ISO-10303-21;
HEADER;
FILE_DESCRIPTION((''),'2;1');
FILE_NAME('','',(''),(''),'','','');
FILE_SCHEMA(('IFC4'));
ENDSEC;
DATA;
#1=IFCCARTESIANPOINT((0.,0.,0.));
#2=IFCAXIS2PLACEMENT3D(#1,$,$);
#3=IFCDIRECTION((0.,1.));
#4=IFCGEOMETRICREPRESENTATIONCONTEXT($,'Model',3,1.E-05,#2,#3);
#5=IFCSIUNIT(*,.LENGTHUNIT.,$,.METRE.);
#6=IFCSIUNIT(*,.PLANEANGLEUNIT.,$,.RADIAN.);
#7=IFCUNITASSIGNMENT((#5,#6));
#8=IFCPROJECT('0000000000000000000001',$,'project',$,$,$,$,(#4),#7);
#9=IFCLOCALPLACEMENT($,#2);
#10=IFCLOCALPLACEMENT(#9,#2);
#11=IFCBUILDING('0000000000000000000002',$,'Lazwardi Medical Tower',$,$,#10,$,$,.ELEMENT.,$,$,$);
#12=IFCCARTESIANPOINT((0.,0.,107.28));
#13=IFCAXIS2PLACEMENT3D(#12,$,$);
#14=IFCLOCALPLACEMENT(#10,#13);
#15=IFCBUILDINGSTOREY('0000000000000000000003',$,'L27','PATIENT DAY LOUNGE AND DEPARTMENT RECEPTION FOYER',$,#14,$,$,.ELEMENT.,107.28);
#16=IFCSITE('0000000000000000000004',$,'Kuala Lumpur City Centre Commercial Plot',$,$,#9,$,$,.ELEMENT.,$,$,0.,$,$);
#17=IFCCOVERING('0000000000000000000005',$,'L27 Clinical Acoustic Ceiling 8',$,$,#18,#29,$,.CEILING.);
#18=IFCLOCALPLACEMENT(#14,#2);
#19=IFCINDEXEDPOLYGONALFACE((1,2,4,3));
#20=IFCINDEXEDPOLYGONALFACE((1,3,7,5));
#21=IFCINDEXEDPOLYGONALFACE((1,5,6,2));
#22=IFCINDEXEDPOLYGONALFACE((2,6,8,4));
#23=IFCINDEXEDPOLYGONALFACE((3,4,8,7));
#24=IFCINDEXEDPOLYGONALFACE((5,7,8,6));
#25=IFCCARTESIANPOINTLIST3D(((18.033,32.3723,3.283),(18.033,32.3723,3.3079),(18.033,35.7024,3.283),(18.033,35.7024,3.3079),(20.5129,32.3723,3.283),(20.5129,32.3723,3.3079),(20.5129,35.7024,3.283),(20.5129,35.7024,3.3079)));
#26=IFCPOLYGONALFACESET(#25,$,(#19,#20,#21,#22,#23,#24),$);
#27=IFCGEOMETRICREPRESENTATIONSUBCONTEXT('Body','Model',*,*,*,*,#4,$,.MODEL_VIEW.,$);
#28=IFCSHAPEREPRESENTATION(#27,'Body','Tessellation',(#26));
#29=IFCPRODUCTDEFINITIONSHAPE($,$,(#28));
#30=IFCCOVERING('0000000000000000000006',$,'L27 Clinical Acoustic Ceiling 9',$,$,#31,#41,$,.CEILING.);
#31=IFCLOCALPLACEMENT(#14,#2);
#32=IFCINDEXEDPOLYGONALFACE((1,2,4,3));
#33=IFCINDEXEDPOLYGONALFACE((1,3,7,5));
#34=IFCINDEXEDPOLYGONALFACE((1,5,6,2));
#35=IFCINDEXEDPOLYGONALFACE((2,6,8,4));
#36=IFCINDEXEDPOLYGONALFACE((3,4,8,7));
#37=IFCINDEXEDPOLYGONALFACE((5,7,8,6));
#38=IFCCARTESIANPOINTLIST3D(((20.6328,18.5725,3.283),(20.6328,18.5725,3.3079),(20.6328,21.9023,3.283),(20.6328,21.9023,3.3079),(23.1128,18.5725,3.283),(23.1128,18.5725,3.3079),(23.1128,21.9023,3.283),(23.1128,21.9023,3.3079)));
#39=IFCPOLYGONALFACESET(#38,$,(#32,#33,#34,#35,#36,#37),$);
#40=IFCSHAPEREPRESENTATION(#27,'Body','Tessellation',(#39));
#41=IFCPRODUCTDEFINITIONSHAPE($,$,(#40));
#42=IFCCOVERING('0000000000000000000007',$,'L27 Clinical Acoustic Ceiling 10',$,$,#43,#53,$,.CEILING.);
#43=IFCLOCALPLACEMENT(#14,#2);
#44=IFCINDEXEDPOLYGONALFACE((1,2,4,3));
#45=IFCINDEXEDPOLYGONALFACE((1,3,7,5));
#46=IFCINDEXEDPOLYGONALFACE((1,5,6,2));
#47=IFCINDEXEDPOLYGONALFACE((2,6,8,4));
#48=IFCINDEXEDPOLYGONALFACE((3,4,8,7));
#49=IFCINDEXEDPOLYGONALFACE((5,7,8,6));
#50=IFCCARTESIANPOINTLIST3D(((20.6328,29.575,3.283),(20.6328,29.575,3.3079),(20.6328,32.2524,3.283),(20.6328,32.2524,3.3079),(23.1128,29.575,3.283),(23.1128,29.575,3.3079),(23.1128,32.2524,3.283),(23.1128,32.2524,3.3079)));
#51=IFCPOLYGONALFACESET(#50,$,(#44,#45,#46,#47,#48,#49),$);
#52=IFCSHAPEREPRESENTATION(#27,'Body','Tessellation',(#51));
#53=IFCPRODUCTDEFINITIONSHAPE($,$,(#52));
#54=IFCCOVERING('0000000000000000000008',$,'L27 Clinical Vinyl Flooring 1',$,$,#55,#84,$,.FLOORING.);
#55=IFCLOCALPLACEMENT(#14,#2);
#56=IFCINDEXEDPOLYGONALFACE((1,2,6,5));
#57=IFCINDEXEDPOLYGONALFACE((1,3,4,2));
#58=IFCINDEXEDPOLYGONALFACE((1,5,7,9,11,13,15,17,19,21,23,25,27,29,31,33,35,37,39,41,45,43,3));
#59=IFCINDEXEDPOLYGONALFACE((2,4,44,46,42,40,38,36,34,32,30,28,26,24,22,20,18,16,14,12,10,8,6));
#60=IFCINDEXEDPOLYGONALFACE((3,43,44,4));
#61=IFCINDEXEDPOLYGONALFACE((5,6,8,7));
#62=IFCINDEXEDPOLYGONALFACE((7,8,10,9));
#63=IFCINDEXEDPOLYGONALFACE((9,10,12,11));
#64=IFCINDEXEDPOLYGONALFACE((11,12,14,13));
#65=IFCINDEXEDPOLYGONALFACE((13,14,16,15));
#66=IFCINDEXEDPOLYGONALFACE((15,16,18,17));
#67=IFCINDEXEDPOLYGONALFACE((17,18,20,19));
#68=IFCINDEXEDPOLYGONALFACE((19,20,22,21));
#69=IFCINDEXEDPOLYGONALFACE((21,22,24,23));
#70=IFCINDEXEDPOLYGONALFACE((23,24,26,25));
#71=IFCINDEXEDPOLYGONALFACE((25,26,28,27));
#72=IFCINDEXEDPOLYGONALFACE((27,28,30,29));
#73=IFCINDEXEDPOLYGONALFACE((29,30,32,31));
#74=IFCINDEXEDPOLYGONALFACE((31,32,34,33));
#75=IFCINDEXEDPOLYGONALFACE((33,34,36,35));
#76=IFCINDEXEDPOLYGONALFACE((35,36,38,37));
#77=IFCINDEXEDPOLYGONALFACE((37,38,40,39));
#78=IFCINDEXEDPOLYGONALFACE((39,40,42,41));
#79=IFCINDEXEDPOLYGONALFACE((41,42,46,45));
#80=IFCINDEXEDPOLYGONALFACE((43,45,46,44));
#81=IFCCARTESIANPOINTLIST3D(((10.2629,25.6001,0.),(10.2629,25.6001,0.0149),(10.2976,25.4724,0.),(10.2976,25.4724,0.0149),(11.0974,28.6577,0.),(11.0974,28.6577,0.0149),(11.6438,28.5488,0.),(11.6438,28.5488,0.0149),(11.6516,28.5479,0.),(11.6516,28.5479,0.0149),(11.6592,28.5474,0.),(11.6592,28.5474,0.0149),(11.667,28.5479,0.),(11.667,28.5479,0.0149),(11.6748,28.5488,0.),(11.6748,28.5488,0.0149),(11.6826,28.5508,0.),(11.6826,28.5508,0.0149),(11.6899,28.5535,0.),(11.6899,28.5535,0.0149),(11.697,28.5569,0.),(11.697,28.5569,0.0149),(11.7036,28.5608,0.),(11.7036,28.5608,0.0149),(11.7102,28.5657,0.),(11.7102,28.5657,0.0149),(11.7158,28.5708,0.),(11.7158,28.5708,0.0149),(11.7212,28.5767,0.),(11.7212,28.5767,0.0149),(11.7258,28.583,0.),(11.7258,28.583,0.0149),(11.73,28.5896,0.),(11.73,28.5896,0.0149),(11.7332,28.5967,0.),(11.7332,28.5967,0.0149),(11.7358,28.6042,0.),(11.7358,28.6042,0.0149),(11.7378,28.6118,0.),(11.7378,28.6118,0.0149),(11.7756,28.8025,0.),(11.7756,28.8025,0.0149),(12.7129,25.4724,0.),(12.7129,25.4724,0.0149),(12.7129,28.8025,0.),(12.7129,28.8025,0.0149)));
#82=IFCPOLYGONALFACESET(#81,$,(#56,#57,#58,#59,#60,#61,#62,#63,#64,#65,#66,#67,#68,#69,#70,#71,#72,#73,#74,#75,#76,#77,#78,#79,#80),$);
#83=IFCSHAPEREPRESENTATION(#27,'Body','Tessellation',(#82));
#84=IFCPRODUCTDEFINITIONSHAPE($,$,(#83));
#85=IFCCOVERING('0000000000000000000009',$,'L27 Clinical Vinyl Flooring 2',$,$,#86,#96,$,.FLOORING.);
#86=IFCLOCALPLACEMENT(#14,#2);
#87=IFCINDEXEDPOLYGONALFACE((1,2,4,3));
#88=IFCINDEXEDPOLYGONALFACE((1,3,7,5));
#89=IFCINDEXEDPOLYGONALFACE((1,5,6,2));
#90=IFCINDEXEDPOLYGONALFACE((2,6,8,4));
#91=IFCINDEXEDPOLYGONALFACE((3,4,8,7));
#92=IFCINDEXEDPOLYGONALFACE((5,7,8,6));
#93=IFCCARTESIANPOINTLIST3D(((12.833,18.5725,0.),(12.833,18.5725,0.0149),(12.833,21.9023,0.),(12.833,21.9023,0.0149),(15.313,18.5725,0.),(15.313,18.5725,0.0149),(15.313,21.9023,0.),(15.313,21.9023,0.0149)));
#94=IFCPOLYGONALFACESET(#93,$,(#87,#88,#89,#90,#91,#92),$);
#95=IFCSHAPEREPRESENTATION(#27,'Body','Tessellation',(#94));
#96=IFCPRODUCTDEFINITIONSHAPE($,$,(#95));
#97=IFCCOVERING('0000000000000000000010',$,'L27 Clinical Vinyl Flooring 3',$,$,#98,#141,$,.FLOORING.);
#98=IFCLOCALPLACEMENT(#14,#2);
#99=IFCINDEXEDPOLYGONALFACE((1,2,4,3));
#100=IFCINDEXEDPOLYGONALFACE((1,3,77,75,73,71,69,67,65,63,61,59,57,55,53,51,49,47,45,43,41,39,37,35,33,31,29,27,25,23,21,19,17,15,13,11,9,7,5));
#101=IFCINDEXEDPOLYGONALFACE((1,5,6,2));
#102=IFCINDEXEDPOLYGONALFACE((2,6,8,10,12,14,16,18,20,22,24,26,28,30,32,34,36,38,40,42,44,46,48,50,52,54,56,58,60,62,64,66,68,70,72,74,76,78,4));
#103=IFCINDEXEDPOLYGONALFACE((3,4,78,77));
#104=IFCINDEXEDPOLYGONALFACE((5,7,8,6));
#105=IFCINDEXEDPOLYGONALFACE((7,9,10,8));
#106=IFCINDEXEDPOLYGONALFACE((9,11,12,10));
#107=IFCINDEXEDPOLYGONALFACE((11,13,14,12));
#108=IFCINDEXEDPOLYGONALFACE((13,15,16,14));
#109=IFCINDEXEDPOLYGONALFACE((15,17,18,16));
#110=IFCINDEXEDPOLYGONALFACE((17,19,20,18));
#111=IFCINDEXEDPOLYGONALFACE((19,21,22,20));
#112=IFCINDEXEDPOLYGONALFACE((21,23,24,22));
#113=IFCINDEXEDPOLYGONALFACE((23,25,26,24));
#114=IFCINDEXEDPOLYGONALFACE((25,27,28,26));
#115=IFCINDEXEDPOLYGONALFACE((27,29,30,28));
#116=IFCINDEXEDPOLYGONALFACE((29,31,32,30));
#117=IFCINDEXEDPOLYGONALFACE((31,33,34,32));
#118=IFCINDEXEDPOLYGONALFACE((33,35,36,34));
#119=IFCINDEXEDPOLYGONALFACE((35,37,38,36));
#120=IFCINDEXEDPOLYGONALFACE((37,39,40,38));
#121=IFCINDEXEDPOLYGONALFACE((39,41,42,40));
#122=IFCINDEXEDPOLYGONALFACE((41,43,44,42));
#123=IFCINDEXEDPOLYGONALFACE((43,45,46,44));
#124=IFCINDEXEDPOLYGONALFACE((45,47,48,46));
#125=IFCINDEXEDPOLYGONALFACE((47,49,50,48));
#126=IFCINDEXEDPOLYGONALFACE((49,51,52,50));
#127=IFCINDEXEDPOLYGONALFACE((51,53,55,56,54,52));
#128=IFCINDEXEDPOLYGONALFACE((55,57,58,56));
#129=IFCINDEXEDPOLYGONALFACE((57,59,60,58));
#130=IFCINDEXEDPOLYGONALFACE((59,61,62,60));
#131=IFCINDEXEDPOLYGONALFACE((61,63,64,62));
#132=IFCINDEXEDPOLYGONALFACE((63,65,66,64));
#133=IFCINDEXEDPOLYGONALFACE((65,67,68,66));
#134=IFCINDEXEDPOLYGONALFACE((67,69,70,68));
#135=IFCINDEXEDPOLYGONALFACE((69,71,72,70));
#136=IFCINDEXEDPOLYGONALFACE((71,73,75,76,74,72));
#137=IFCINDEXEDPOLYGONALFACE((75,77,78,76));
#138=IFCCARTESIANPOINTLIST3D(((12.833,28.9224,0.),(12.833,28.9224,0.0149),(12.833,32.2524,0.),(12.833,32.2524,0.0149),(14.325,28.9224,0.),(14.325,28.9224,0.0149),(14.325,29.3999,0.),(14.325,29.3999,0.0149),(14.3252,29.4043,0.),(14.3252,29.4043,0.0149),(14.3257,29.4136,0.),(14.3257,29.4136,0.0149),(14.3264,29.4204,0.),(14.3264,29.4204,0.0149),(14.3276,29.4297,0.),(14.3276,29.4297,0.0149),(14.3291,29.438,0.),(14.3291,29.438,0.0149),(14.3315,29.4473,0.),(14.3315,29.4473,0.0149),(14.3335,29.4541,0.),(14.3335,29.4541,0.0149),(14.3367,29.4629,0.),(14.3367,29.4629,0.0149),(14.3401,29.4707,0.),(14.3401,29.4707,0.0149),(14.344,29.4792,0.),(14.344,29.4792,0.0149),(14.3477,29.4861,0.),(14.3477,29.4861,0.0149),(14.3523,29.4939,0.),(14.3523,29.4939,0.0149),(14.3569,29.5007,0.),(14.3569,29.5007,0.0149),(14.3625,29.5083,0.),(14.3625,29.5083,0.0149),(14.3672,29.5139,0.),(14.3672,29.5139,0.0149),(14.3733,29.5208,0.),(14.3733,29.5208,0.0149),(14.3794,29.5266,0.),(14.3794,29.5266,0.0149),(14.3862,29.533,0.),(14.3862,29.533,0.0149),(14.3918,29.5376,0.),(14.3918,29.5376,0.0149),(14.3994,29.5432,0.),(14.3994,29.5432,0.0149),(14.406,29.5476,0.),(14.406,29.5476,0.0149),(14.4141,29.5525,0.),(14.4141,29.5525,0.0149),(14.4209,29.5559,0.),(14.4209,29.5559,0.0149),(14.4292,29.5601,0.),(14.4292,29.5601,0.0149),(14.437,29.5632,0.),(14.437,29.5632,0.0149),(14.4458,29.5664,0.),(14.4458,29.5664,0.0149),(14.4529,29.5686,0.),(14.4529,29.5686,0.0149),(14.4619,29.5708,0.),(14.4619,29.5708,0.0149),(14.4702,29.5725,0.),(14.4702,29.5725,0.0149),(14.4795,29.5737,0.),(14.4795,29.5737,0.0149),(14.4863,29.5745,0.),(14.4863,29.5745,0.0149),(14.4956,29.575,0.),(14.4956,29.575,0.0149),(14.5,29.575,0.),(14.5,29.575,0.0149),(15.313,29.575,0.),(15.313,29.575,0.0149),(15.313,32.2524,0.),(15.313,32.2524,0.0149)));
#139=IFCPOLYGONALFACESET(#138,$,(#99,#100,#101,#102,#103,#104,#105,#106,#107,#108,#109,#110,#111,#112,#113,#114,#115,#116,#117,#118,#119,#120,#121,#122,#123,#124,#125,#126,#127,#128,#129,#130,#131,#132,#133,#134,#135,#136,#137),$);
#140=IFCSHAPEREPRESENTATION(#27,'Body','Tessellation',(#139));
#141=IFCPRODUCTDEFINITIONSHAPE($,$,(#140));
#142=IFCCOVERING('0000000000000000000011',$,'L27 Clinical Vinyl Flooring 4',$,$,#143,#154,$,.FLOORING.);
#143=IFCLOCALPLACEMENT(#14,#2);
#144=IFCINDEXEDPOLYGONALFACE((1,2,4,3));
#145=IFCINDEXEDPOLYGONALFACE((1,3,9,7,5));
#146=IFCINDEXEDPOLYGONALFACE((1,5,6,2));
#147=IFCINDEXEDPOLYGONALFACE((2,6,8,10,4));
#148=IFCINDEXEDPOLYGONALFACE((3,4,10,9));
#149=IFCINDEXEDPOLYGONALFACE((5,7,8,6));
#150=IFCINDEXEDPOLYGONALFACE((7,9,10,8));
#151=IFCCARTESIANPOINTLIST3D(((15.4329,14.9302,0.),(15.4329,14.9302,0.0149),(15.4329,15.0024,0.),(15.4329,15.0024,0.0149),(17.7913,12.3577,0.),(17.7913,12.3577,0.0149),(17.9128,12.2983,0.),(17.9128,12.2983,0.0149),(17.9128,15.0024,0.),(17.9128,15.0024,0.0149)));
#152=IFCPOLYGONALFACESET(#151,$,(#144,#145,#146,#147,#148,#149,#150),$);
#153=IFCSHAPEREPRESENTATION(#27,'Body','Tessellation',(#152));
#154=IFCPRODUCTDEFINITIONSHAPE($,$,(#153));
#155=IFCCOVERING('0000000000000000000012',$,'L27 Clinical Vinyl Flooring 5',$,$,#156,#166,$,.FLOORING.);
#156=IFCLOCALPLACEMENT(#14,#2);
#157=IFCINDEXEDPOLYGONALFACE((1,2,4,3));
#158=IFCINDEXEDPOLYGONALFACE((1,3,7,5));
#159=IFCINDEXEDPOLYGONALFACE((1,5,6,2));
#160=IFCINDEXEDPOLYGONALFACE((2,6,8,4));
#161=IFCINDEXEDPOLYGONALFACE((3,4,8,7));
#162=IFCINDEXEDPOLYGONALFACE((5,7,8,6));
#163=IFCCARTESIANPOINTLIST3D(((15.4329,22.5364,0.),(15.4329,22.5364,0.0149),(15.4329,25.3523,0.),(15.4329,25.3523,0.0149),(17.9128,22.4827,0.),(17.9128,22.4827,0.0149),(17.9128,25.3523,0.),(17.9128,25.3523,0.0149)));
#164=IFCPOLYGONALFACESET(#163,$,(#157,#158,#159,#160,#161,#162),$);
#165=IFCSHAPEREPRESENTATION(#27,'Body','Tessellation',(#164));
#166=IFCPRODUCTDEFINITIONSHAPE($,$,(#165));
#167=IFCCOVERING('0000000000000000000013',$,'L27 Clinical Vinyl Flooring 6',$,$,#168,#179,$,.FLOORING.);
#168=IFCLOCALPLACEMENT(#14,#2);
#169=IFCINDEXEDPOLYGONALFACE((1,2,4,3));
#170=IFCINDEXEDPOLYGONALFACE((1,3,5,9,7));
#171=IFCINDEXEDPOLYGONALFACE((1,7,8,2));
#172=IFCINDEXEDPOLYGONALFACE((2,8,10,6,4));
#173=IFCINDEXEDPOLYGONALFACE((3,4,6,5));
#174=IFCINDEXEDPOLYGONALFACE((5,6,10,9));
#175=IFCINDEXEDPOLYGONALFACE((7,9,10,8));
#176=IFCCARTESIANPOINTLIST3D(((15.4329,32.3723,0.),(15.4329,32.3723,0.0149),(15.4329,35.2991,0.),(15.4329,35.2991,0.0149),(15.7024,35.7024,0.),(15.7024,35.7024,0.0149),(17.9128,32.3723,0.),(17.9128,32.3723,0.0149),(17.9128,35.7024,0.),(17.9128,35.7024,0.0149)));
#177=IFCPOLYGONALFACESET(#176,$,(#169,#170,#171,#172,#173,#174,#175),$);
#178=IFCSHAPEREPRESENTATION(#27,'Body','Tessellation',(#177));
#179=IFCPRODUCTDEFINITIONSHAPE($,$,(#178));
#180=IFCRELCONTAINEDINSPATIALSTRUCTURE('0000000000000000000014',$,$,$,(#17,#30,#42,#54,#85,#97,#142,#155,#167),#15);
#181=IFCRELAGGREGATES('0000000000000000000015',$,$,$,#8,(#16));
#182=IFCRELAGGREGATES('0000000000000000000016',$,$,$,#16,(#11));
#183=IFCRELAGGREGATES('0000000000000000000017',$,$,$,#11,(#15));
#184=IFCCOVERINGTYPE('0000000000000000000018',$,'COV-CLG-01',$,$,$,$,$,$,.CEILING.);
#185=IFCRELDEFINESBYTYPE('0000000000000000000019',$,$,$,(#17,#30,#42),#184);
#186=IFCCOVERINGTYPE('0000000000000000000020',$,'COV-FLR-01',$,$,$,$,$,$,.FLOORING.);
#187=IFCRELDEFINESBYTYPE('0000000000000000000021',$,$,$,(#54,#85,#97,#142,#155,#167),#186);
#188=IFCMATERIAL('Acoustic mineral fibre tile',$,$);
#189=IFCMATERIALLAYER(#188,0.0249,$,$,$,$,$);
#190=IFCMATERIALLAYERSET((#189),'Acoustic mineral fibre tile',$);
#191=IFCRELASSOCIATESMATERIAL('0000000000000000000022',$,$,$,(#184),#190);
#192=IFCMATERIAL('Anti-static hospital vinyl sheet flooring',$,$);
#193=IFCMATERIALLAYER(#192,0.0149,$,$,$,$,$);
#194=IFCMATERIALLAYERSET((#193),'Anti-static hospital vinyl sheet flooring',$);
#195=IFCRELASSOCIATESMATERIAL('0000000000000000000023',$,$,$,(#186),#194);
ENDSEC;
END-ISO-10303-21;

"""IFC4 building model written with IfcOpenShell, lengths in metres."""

from ifc_helpers import new_model, si_unit, direction, frame, origin, place, context, subcontext, project, spatial, polyline, outline, extrude, material, layer, layer_set, type_object, element, save


model = new_model("IFC4")

# Units and contexts
model_context = context("Model", 3, precision=1e-05, world=origin(), true_north=direction((0.0, 1.0)))
body_context = subcontext(model_context, "Body", "Model", "MODEL_VIEW")
ifc_project = project(units=[si_unit("LENGTHUNIT", "METRE"), si_unit("PLANEANGLEUNIT", "RADIAN")], contexts=[model_context])

# Site, building, storey
site_placement = place(None, origin())
site = spatial("IfcSite", under=ifc_project, at=site_placement, Name="Kuala Lumpur City Centre Commercial Plot", CompositionType="ELEMENT", RefElevation=0.0)
building_placement = place(site_placement, origin())
building = spatial("IfcBuilding", under=site, at=building_placement, Name="Lazwardi Medical Tower", CompositionType="ELEMENT")
storey_placement = place(building_placement, frame((0.0, 0.0, 107.28)))
storey = spatial("IfcBuildingStorey", under=building, at=storey_placement, Name="L27", Description="PATIENT DAY LOUNGE AND DEPARTMENT RECEPTION FOYER", CompositionType="ELEMENT", Elevation=107.28)

# Coverings
ifc_material_1 = material(Name="Acoustic mineral fibre tile")
ifc_layer_1 = layer(ifc_material_1, 0.0249)
ifc_layer_set_1 = layer_set([ifc_layer_1], Name="Acoustic mineral fibre tile")
covering_type_1 = type_object("IfcCoveringType", Name="COV-CLG-01", PredefinedType="CEILING", material=ifc_layer_set_1)
covering_1_placement = place(storey_placement, frame((0.0, 0.0, 3.283)))
element("IfcCovering", 1, at=covering_1_placement, inside=storey, type_object=covering_type_1, Name="L27 Clinical Acoustic Ceiling 8", PredefinedType="CEILING", context=body_context, shape_type="SweptSolid", body=[
    extrude(outline(polyline([(20.5129, 32.3723), (20.5129, 35.7024), (18.033, 35.7024), (18.033, 32.3723), (20.5129, 32.3723)])), origin(), (0.0, 0.0, 1.0), 0.0249),
])
covering_2_placement = place(storey_placement, frame((0.0, 0.0, 3.283)))
element("IfcCovering", 2, at=covering_2_placement, inside=storey, type_object=covering_type_1, Name="L27 Clinical Acoustic Ceiling 9", PredefinedType="CEILING", context=body_context, shape_type="SweptSolid", body=[
    extrude(outline(polyline([(23.1128, 18.5725), (23.1128, 21.9023), (20.6328, 21.9023), (20.6328, 18.5725), (23.1128, 18.5725)])), origin(), (0.0, 0.0, 1.0), 0.0249),
])
covering_3_placement = place(storey_placement, frame((0.0, 0.0, 3.283)))
element("IfcCovering", 3, at=covering_3_placement, inside=storey, type_object=covering_type_1, Name="L27 Clinical Acoustic Ceiling 10", PredefinedType="CEILING", context=body_context, shape_type="SweptSolid", body=[
    extrude(outline(polyline([(20.6328, 29.575), (23.1128, 29.575), (23.1128, 32.2524), (20.6328, 32.2524), (20.6328, 29.575)])), origin(), (0.0, 0.0, 1.0), 0.0249),
])
ifc_material_2 = material(Name="Anti-static hospital vinyl sheet flooring")
ifc_layer_2 = layer(ifc_material_2, 0.0149)
ifc_layer_set_2 = layer_set([ifc_layer_2], Name="Anti-static hospital vinyl sheet flooring")
covering_type_2 = type_object("IfcCoveringType", Name="COV-FLR-01", PredefinedType="FLOORING", material=ifc_layer_set_2)
covering_4_placement = place(storey_placement, origin())
element("IfcCovering", 4, at=covering_4_placement, inside=storey, type_object=covering_type_2, Name="L27 Clinical Vinyl Flooring 1", PredefinedType="FLOORING", context=body_context, shape_type="SweptSolid", body=[
    extrude(outline(polyline([(11.7756, 28.8025), (11.7378, 28.6118), (11.7358, 28.6042), (11.7332, 28.5967), (11.73, 28.5896), (11.7258, 28.583), (11.7212, 28.5767), (11.7158, 28.5708), (11.7102, 28.5657), (11.7036, 28.5608), (11.697, 28.5569), (11.6899, 28.5535), (11.6826, 28.5508), (11.6748, 28.5488), (11.667, 28.5479), (11.6592, 28.5474), (11.6516, 28.5479), (11.6438, 28.5488), (11.0974, 28.6577), (10.2629, 25.6001), (10.2976, 25.4724), (12.7129, 25.4724), (12.7129, 28.8025), (11.7756, 28.8025)])), origin(), (0.0, 0.0, 1.0), 0.0149),
])
covering_5_placement = place(storey_placement, origin())
element("IfcCovering", 5, at=covering_5_placement, inside=storey, type_object=covering_type_2, Name="L27 Clinical Vinyl Flooring 2", PredefinedType="FLOORING", context=body_context, shape_type="SweptSolid", body=[
    extrude(outline(polyline([(15.313, 18.5725), (15.313, 21.9023), (12.833, 21.9023), (12.833, 18.5725), (15.313, 18.5725)])), origin(), (0.0, 0.0, 1.0), 0.0149),
])
covering_6_placement = place(storey_placement, origin())
element("IfcCovering", 6, at=covering_6_placement, inside=storey, type_object=covering_type_2, Name="L27 Clinical Vinyl Flooring 3", PredefinedType="FLOORING", context=body_context, shape_type="SweptSolid", body=[
    extrude(outline(polyline([(14.325, 28.9224), (14.325, 29.3999), (14.3252, 29.4043), (14.3257, 29.4136), (14.3264, 29.4204), (14.3276, 29.4297), (14.3291, 29.438), (14.3315, 29.4473), (14.3335, 29.4541), (14.3367, 29.4629), (14.3401, 29.4707), (14.344, 29.4792), (14.3477, 29.4861), (14.3523, 29.4939), (14.3569, 29.5007), (14.3625, 29.5083), (14.3672, 29.5139), (14.3733, 29.5208), (14.3794, 29.5266), (14.3862, 29.533), (14.3918, 29.5376), (14.3994, 29.5432), (14.406, 29.5476), (14.4141, 29.5525), (14.4209, 29.5559), (14.4292, 29.5601), (14.437, 29.5632), (14.4458, 29.5664), (14.4529, 29.5686), (14.4619, 29.5708), (14.4702, 29.5725), (14.4795, 29.5737), (14.4863, 29.5745), (14.4956, 29.575), (14.5, 29.575), (15.313, 29.575), (15.313, 32.2524), (12.833, 32.2524), (12.833, 28.9224), (14.325, 28.9224)])), origin(), (0.0, 0.0, 1.0), 0.0149),
])
covering_7_placement = place(storey_placement, origin())
element("IfcCovering", 7, at=covering_7_placement, inside=storey, type_object=covering_type_2, Name="L27 Clinical Vinyl Flooring 4", PredefinedType="FLOORING", context=body_context, shape_type="SweptSolid", body=[
    extrude(outline(polyline([(15.4329, 14.9302), (17.7913, 12.3577), (17.9128, 12.2983), (17.9128, 15.0024), (15.4329, 15.0024), (15.4329, 14.9302)])), origin(), (0.0, 0.0, 1.0), 0.0149),
])
covering_8_placement = place(storey_placement, origin())
element("IfcCovering", 8, at=covering_8_placement, inside=storey, type_object=covering_type_2, Name="L27 Clinical Vinyl Flooring 5", PredefinedType="FLOORING", context=body_context, shape_type="SweptSolid", body=[
    extrude(outline(polyline([(15.4329, 22.5364), (17.9128, 22.4827), (17.9128, 25.3523), (15.4329, 25.3523), (15.4329, 22.5364)])), origin(), (0.0, 0.0, 1.0), 0.0149),
])
covering_9_placement = place(storey_placement, origin())
element("IfcCovering", 9, at=covering_9_placement, inside=storey, type_object=covering_type_2, Name="L27 Clinical Vinyl Flooring 6", PredefinedType="FLOORING", context=body_context, shape_type="SweptSolid", body=[
    extrude(outline(polyline([(15.7024, 35.7024), (15.4329, 35.2991), (15.4329, 32.3723), (17.9128, 32.3723), (17.9128, 35.7024), (15.7024, 35.7024)])), origin(), (0.0, 0.0, 1.0), 0.0149),
])

save(model, "model.ifc")
